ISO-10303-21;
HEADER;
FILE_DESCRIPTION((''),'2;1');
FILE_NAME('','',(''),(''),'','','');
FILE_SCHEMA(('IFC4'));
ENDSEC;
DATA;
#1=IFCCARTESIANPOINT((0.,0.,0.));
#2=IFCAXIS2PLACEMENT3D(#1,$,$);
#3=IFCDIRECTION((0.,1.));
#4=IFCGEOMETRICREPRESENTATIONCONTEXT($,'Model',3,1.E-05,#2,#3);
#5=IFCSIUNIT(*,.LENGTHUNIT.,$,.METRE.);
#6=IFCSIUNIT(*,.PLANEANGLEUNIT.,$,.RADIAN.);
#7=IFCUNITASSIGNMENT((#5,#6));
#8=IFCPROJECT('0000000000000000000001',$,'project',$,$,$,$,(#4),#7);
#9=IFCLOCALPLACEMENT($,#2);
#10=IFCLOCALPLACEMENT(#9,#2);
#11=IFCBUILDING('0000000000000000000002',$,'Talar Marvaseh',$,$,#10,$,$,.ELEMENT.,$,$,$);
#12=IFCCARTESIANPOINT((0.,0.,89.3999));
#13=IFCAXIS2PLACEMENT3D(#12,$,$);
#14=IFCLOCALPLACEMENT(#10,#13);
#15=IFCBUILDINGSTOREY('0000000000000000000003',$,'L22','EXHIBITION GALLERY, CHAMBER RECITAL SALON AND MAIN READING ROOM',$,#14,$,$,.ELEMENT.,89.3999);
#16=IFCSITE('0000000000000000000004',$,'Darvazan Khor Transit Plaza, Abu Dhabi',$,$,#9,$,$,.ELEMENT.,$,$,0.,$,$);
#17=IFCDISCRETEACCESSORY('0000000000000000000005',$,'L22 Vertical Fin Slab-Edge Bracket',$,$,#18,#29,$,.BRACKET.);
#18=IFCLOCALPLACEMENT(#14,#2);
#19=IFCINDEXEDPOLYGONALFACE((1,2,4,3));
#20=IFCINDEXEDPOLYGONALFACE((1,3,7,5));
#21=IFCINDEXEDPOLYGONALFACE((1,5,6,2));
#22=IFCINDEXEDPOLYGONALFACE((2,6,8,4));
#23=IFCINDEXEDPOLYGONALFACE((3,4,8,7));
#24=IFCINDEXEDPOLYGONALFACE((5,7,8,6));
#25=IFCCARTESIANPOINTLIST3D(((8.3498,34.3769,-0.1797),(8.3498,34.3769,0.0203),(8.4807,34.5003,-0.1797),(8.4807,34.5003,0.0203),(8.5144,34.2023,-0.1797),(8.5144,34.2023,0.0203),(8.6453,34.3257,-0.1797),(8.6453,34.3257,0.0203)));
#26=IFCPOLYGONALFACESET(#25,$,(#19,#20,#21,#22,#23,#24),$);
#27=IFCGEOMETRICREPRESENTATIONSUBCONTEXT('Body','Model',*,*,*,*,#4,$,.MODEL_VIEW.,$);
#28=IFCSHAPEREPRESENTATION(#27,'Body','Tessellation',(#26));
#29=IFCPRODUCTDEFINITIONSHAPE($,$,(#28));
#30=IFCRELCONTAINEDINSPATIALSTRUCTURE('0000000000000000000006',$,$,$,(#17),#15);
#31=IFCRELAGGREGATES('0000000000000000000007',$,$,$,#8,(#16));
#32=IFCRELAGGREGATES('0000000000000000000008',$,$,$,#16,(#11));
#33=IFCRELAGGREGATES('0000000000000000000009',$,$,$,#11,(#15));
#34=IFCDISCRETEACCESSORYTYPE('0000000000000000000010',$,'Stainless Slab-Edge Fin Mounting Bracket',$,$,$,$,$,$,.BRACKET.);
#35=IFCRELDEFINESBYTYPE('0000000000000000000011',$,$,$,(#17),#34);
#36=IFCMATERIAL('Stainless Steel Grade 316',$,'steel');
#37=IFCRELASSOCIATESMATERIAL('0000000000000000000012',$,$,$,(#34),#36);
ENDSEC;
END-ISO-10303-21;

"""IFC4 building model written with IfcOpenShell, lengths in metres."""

from ifc_helpers import new_model, si_unit, direction, frame, origin, origin_2d, place, context, subcontext, project, spatial, rectangle, extrude, source, transform, mapped, material, type_object, type_shapes, element, save


model = new_model("IFC4")

# Units and contexts
model_context = context("Model", 3, precision=1e-05, world=origin(), true_north=direction((0.0, 1.0)))
body_context = subcontext(model_context, "Body", "Model", "MODEL_VIEW")
ifc_project = project(units=[si_unit("LENGTHUNIT", "METRE"), si_unit("PLANEANGLEUNIT", "RADIAN")], contexts=[model_context])

# Site, building, storey
site_placement = place(None, origin())
site = spatial("IfcSite", under=ifc_project, at=site_placement, Name="Darvazan Khor Transit Plaza, Abu Dhabi", CompositionType="ELEMENT", RefElevation=0.0)
building_placement = place(site_placement, origin())
building = spatial("IfcBuilding", under=site, at=building_placement, Name="Talar Marvaseh", CompositionType="ELEMENT")
storey_placement = place(building_placement, frame((0.0, 0.0, 89.3999)))
storey = spatial("IfcBuildingStorey", under=building, at=storey_placement, Name="L22", Description="EXHIBITION GALLERY, CHAMBER RECITAL SALON AND MAIN READING ROOM", CompositionType="ELEMENT", Elevation=89.3999)

# Discrete accessory
ifc_material_1 = material(Name="Stainless Steel Grade 316", Category="steel")
discrete_accessory_type = type_object("IfcDiscreteAccessoryType", Name="Stainless Slab-Edge Fin Mounting Bracket", PredefinedType="BRACKET", material=ifc_material_1)
shared_shape_1 = source(origin(), body_context, "Body", "SweptSolid", [
    extrude(rectangle(XDim=0.24, YDim=0.1799, at=origin_2d()), origin(), (0.0, 0.0, 1.0), 0.2),
])
type_shapes(discrete_accessory_type, [shared_shape_1])
for number, where, z_axis, x_axis, name in (
    (1, (8.4976, 34.3513, -0.1797), (0.0, 0.0, 1.0), (-0.686072, 0.727533, 0.0), "L22 Vertical Fin Slab-Edge Bracket"),
):
    element("IfcDiscreteAccessory", number, at=place(storey_placement, frame(where, z_axis=z_axis, x_axis=x_axis)), inside=storey, type_object=discrete_accessory_type, Name=name, PredefinedType="BRACKET", context=body_context, shape_type="MappedRepresentation", body=[
        mapped(shared_shape_1, transform((0.0, 0.0, 0.0), x_axis=(1.0, 0.0, 0.0), y_axis=(0.0, 1.0, 0.0), z_axis=(0.0, 0.0, 1.0), scale=1.0)),
    ])

save(model, "model.ifc")
